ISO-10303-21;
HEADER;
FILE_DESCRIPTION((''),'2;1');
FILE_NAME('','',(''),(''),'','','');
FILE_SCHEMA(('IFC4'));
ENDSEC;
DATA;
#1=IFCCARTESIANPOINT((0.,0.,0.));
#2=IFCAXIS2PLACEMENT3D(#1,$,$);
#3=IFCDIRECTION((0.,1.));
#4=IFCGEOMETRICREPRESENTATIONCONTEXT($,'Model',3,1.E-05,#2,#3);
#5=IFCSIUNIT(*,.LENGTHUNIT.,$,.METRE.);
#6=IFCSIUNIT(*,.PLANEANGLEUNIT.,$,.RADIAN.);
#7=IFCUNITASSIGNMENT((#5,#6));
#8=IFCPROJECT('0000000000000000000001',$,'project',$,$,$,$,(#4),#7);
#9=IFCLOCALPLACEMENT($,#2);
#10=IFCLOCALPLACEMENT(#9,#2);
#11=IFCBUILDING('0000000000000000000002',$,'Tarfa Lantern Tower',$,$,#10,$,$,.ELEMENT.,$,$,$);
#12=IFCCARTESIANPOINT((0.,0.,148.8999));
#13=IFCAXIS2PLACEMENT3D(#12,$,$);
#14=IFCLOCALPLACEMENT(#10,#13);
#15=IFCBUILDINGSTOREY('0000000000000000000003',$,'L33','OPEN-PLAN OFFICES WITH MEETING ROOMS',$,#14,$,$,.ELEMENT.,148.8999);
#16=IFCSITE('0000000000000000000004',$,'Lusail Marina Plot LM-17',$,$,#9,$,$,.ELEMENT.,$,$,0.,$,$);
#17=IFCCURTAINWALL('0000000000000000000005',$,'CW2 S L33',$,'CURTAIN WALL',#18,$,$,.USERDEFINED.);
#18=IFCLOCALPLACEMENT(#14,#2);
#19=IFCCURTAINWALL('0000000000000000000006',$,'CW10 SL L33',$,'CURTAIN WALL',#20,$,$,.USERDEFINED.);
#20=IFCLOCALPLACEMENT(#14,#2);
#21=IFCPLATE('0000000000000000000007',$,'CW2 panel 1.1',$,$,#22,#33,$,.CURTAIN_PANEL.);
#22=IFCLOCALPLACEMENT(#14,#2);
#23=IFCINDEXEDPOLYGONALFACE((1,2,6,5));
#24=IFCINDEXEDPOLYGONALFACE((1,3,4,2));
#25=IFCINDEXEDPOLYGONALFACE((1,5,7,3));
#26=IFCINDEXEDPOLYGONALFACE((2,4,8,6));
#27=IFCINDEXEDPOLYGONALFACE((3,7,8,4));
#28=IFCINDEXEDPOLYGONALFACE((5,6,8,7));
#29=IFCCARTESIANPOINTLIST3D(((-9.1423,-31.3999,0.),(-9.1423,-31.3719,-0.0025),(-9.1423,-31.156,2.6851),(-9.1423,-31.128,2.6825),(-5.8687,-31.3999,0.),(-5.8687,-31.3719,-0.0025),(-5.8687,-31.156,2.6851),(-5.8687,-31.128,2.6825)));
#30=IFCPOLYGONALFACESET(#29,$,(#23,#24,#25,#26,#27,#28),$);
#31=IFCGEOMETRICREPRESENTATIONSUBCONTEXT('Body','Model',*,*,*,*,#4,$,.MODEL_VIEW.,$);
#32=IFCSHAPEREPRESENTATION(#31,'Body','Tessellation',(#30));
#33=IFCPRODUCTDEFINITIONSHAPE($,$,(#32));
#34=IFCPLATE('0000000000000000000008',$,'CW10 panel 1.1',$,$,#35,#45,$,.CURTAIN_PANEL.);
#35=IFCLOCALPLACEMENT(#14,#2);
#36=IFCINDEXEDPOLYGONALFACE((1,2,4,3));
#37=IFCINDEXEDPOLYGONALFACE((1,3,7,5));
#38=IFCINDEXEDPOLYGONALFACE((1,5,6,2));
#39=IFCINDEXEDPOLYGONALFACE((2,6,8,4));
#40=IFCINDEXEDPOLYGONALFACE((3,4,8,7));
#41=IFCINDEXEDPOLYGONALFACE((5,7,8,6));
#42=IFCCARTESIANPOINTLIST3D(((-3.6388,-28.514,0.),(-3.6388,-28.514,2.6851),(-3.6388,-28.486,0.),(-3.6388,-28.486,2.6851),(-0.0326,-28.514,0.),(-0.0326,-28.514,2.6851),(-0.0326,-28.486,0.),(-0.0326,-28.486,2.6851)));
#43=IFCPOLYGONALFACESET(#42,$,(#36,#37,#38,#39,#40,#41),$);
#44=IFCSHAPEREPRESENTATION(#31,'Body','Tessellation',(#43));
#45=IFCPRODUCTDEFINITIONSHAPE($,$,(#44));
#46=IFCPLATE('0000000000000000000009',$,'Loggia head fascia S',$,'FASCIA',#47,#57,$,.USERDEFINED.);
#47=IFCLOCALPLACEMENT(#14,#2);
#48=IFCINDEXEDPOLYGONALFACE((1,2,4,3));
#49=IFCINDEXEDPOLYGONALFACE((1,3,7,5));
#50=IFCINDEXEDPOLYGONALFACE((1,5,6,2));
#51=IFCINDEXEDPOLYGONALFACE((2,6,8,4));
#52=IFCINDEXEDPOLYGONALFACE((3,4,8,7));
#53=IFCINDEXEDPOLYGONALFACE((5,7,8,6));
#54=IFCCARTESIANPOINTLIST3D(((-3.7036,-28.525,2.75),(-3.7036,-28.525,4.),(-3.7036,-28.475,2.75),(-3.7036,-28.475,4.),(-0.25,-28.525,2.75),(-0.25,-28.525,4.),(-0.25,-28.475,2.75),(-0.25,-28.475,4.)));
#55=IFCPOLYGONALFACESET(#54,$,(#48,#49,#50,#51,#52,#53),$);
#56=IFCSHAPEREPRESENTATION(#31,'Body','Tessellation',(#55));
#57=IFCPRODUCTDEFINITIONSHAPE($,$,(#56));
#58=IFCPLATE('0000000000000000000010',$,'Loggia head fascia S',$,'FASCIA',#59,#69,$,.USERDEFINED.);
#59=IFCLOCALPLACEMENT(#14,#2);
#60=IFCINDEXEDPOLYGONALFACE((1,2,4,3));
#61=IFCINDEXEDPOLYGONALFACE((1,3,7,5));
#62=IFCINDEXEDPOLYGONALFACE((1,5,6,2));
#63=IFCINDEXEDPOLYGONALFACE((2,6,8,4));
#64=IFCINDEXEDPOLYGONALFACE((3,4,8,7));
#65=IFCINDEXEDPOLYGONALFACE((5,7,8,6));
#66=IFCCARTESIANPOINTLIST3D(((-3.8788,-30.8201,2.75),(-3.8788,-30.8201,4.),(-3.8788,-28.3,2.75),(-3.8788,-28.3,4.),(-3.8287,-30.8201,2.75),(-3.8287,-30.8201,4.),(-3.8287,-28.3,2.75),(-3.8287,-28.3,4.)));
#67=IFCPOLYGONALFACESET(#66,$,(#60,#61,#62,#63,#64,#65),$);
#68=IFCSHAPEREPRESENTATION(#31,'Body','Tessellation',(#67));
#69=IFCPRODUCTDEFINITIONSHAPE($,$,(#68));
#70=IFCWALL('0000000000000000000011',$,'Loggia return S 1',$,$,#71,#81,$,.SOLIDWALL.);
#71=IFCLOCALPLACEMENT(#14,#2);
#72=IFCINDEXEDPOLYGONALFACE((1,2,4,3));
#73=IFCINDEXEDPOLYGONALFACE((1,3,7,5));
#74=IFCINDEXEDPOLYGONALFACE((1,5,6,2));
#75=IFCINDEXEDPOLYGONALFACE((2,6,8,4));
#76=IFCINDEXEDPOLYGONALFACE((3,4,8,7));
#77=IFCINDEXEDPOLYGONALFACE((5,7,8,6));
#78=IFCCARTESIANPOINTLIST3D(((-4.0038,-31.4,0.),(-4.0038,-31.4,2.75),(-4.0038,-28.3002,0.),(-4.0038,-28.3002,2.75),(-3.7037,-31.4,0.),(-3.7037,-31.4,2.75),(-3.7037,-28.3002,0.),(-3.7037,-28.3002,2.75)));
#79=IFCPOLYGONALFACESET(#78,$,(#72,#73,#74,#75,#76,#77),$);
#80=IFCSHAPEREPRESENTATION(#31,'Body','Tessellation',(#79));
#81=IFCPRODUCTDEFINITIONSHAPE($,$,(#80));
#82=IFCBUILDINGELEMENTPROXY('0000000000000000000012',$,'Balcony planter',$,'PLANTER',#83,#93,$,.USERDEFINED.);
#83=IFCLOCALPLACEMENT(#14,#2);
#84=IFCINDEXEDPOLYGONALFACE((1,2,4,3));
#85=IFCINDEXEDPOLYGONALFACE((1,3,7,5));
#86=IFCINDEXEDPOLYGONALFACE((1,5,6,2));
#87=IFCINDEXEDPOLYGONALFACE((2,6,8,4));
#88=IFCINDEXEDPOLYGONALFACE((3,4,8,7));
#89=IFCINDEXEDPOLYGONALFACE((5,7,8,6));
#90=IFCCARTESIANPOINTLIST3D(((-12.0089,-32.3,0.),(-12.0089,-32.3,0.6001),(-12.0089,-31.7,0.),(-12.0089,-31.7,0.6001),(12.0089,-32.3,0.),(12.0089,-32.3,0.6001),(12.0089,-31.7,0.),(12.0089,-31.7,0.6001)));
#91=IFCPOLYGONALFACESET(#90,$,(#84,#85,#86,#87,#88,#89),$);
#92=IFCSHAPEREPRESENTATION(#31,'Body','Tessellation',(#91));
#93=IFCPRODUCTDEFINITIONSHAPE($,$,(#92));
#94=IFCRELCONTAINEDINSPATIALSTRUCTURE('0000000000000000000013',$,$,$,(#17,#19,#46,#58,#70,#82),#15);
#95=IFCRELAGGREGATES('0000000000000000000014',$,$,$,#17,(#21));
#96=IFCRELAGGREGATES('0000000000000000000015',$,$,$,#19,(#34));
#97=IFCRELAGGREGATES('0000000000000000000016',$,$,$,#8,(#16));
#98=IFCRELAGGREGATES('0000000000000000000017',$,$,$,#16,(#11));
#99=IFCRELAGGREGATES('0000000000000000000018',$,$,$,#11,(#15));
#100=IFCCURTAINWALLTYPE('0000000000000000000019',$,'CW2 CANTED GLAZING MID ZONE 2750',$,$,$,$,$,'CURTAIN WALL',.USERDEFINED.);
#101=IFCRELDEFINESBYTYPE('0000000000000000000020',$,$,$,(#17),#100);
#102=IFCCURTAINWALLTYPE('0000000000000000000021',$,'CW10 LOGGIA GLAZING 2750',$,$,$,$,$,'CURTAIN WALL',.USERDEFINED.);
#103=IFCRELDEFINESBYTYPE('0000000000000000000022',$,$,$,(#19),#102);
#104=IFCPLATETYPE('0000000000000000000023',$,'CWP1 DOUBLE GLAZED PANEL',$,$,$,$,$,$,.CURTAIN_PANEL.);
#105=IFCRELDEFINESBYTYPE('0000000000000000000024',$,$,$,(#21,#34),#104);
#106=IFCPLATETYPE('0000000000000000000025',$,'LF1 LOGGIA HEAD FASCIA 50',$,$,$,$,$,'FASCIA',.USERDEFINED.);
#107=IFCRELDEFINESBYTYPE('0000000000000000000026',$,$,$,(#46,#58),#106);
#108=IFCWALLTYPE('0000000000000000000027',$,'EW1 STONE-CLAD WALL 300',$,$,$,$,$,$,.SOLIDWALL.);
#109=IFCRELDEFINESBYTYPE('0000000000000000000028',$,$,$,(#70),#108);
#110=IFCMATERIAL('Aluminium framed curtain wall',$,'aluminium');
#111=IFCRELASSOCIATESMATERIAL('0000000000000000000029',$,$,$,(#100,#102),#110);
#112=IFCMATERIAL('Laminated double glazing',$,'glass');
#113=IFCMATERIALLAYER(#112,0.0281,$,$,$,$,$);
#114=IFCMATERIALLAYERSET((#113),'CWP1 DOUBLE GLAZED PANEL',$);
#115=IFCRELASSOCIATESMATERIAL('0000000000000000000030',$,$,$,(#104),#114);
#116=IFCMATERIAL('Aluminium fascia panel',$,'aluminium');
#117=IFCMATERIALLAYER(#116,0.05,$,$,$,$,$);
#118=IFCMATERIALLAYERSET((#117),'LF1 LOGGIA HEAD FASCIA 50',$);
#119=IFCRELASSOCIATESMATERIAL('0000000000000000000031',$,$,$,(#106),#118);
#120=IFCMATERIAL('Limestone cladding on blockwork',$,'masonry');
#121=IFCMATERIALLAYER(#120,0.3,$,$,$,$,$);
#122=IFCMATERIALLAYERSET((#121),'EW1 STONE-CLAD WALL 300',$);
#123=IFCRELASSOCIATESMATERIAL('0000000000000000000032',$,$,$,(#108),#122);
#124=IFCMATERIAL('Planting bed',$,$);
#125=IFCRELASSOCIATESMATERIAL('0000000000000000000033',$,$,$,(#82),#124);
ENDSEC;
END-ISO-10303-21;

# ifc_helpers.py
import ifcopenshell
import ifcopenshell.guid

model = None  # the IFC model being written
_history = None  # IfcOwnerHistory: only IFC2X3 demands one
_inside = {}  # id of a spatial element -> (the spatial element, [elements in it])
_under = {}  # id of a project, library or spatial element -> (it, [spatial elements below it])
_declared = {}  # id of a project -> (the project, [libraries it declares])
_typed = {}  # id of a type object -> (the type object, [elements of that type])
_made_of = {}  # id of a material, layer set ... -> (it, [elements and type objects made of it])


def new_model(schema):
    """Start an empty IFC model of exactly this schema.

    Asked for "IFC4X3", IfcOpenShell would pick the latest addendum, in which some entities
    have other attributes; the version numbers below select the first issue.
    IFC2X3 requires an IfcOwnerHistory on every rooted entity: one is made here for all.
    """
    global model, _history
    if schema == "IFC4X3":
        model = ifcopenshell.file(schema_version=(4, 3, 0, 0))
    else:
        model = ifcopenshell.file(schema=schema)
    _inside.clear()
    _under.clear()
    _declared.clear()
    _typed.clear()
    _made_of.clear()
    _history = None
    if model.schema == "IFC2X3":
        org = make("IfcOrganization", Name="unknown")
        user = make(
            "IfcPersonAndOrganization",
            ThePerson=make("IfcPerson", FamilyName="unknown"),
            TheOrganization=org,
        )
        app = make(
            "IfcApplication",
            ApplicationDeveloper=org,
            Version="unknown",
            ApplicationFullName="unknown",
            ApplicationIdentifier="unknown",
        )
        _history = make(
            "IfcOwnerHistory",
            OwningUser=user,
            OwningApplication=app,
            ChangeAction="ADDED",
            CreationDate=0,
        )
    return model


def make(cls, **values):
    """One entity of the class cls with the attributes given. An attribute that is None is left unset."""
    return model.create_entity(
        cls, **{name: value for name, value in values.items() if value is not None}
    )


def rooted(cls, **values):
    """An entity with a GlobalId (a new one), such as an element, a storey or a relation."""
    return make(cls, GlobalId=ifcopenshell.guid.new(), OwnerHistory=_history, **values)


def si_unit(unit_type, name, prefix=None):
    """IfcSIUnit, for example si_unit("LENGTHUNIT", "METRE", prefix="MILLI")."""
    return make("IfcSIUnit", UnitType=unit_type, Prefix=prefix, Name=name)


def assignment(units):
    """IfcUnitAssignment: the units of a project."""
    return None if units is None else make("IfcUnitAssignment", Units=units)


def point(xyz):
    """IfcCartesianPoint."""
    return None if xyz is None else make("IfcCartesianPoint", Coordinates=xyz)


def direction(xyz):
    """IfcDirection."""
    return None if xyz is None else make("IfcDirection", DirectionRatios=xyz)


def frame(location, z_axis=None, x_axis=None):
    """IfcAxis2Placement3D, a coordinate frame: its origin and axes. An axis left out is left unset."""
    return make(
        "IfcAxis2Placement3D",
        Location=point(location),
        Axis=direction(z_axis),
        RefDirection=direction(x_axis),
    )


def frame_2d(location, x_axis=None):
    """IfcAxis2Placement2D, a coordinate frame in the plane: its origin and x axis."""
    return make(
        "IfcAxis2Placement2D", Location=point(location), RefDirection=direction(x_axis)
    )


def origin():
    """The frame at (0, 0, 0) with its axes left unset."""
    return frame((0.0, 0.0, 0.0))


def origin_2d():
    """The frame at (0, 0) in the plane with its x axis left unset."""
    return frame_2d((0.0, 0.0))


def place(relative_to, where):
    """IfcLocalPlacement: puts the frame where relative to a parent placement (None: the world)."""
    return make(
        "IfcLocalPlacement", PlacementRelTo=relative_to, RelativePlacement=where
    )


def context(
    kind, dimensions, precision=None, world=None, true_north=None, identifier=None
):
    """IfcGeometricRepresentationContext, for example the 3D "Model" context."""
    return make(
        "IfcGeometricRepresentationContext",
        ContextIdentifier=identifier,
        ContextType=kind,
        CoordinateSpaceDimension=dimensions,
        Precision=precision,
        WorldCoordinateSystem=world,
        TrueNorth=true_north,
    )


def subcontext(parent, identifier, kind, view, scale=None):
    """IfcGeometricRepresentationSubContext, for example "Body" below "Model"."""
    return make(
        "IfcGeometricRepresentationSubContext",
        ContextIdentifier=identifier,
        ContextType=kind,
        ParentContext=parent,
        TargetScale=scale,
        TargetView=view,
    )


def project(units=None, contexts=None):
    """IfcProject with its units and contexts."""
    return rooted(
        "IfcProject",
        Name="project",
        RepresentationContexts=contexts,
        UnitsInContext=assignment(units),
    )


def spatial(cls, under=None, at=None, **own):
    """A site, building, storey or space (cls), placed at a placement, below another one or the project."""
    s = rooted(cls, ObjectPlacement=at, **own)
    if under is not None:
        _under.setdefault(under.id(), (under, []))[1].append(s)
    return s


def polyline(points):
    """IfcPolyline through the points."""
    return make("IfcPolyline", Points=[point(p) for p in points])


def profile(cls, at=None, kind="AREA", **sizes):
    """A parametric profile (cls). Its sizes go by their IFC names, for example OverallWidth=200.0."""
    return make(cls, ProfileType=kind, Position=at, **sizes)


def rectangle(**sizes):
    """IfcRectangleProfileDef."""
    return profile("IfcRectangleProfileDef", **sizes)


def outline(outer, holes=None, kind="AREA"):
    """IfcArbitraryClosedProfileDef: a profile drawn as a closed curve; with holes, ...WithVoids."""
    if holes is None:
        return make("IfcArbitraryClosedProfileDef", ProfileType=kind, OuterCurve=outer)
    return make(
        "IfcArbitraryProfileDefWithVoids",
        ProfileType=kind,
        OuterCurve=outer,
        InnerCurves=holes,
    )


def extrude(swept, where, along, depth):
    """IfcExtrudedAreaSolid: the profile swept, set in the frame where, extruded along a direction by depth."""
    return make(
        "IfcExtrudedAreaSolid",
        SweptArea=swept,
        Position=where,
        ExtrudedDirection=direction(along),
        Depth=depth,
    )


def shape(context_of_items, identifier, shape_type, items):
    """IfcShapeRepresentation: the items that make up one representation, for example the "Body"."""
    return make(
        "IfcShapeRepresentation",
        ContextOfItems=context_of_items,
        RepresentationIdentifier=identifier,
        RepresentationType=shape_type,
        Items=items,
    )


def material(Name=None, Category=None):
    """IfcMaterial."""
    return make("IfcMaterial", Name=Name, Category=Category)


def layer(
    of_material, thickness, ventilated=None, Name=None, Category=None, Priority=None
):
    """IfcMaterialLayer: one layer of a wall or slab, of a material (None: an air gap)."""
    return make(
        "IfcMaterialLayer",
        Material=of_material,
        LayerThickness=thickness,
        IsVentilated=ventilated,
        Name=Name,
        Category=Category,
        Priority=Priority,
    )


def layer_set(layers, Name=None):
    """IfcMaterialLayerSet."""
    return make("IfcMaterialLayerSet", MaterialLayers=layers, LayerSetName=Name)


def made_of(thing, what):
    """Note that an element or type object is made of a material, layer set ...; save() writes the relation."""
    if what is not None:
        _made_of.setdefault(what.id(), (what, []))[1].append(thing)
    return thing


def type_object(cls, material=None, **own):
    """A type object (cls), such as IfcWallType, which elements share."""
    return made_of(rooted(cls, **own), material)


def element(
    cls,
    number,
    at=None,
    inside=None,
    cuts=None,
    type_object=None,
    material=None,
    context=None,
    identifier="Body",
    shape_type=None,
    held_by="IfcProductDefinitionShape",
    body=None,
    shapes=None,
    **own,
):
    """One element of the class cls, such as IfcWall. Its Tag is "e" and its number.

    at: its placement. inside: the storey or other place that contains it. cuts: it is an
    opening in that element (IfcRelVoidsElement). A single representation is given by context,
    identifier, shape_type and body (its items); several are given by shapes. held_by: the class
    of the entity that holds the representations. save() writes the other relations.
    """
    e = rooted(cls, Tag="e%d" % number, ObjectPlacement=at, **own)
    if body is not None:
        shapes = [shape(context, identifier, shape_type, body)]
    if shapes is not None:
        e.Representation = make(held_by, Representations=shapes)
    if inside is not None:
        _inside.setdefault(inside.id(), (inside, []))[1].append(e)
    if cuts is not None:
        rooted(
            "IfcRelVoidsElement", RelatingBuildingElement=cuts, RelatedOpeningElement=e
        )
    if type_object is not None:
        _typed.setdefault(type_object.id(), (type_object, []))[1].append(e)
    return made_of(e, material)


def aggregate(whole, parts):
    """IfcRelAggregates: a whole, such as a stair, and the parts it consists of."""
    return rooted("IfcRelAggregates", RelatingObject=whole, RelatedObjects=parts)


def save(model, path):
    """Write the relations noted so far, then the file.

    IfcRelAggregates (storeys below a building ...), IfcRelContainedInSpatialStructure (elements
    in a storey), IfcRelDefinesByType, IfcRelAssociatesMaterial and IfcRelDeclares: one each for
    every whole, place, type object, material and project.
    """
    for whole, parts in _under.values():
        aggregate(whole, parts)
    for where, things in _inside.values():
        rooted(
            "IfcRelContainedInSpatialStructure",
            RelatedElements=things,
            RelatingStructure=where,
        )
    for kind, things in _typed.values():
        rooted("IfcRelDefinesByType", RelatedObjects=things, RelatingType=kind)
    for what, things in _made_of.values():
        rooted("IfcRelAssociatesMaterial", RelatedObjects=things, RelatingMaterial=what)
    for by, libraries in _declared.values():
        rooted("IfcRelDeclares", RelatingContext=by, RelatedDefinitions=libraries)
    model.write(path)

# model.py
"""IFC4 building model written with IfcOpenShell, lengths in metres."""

from ifc_helpers import new_model, si_unit, direction, frame, frame_2d, origin, origin_2d, place, context, subcontext, project, spatial, polyline, rectangle, outline, extrude, material, layer, layer_set, type_object, element, aggregate, save


model = new_model("IFC4")

# Units and contexts
model_context = context("Model", 3, precision=1e-05, world=origin(), true_north=direction((0.0, 1.0)))
body_context = subcontext(model_context, "Body", "Model", "MODEL_VIEW")
ifc_project = project(units=[si_unit("LENGTHUNIT", "METRE"), si_unit("PLANEANGLEUNIT", "RADIAN")], contexts=[model_context])

# Site, building, storey
site_placement = place(None, origin())
site = spatial("IfcSite", under=ifc_project, at=site_placement, Name="Lusail Marina Plot LM-17", CompositionType="ELEMENT", RefElevation=0.0)
building_placement = place(site_placement, origin())
building = spatial("IfcBuilding", under=site, at=building_placement, Name="Tarfa Lantern Tower", CompositionType="ELEMENT")
storey_placement = place(building_placement, frame((0.0, 0.0, 148.8999)))
storey = spatial("IfcBuildingStorey", under=building, at=storey_placement, Name="L33", Description="OPEN-PLAN OFFICES WITH MEETING ROOMS", CompositionType="ELEMENT", Elevation=148.8999)

# Shared definitions
ifc_material_1 = material(Name="Aluminium framed curtain wall", Category="aluminium")
curtain_wall_type_1 = type_object("IfcCurtainWallType", Name="CW2 CANTED GLAZING MID ZONE 2750", ElementType="CURTAIN WALL", PredefinedType="USERDEFINED", material=ifc_material_1)

# Curtain walls
curtain_wall_1_placement = place(storey_placement, origin())
curtain_wall_1 = element("IfcCurtainWall", 1, at=curtain_wall_1_placement, inside=storey, type_object=curtain_wall_type_1, Name="CW2 S L33", ObjectType="CURTAIN WALL", PredefinedType="USERDEFINED")
curtain_wall_type_2 = type_object("IfcCurtainWallType", Name="CW10 LOGGIA GLAZING 2750", ElementType="CURTAIN WALL", PredefinedType="USERDEFINED", material=ifc_material_1)
curtain_wall_2_placement = place(storey_placement, origin())
curtain_wall_2 = element("IfcCurtainWall", 2, at=curtain_wall_2_placement, inside=storey, type_object=curtain_wall_type_2, Name="CW10 SL L33", ObjectType="CURTAIN WALL", PredefinedType="USERDEFINED")

# Plates
ifc_material_2 = material(Name="Laminated double glazing", Category="glass")
ifc_layer_1 = layer(ifc_material_2, 0.0281)
ifc_layer_set_1 = layer_set([ifc_layer_1], Name="CWP1 DOUBLE GLAZED PANEL")
plate_type_1 = type_object("IfcPlateType", Name="CWP1 DOUBLE GLAZED PANEL", PredefinedType="CURTAIN_PANEL", material=ifc_layer_set_1)
plate_1_placement = place(storey_placement, frame((-9.1423, -31.3999, 0.0), z_axis=(0.0, -0.9959, 0.090462), x_axis=(1.0, 0.0, 0.0)))
plate_1 = element("IfcPlate", 3, at=plate_1_placement, type_object=plate_type_1, Name="CW2 panel 1.1", PredefinedType="CURTAIN_PANEL", context=body_context, shape_type="SweptSolid", body=[
    extrude(outline(polyline([(0.0, 0.0), (3.2737, 0.0), (3.2737, 2.6961), (0.0, 2.6961), (0.0, 0.0)])), origin(), (0.0, 0.0, -1.0), 0.0281),
])
aggregate(curtain_wall_1, [plate_1])
plate_2_placement = place(storey_placement, frame((-1.8357, -28.5, 0.0), z_axis=(0.0, 0.0, 1.0), x_axis=(1.0, 0.0, 0.0)))
plate_2 = element("IfcPlate", 4, at=plate_2_placement, type_object=plate_type_1, Name="CW10 panel 1.1", PredefinedType="CURTAIN_PANEL", context=body_context, shape_type="SweptSolid", body=[
    extrude(rectangle(XDim=3.6062, YDim=0.0281, at=origin_2d()), origin(), (0.0, 0.0, 1.0), 2.6851),
])
aggregate(curtain_wall_2, [plate_2])

# Plates
ifc_material_3 = material(Name="Aluminium fascia panel", Category="aluminium")
ifc_layer_2 = layer(ifc_material_3, 0.05)
ifc_layer_set_2 = layer_set([ifc_layer_2], Name="LF1 LOGGIA HEAD FASCIA 50")
plate_type_2 = type_object("IfcPlateType", Name="LF1 LOGGIA HEAD FASCIA 50", ElementType="FASCIA", PredefinedType="USERDEFINED", material=ifc_layer_set_2)
plate_3_placement = place(storey_placement, frame((-1.9768, -28.5, 2.75), z_axis=(0.0, 0.0, 1.0), x_axis=(1.0, 0.0, 0.0)))
element("IfcPlate", 5, at=plate_3_placement, inside=storey, type_object=plate_type_2, Name="Loggia head fascia S", ObjectType="FASCIA", PredefinedType="USERDEFINED", context=body_context, shape_type="SweptSolid", body=[
    extrude(rectangle(XDim=3.4536, YDim=0.05, at=origin_2d()), origin(), (0.0, 0.0, 1.0), 1.25),
])
plate_4_placement = place(storey_placement, frame((-3.8538, -29.5601, 2.75), z_axis=(0.0, 0.0, 1.0), x_axis=(0.0, 1.0, 0.0)))
element("IfcPlate", 6, at=plate_4_placement, inside=storey, type_object=plate_type_2, Name="Loggia head fascia S", ObjectType="FASCIA", PredefinedType="USERDEFINED", context=body_context, shape_type="SweptSolid", body=[
    extrude(rectangle(XDim=2.52, YDim=0.05, at=origin_2d()), origin(), (0.0, 0.0, 1.0), 1.25),
])

# Wall
ifc_material_4 = material(Name="Limestone cladding on blockwork", Category="masonry")
ifc_layer_3 = layer(ifc_material_4, 0.3)
ifc_layer_set_3 = layer_set([ifc_layer_3], Name="EW1 STONE-CLAD WALL 300")
wall_type = type_object("IfcWallType", Name="EW1 STONE-CLAD WALL 300", PredefinedType="SOLIDWALL", material=ifc_layer_set_3)
wall_placement = place(storey_placement, frame((-3.8538, -31.3999, 0.0), z_axis=(0.0, 0.0, 1.0), x_axis=(0.0, 1.0, 0.0)))
element("IfcWall", 7, at=wall_placement, inside=storey, type_object=wall_type, Name="Loggia return S 1", PredefinedType="SOLIDWALL", context=body_context, shape_type="SweptSolid", body=[
    extrude(rectangle(XDim=3.0999, YDim=0.3, at=frame_2d((1.5498, 0.0))), origin(), (0.0, 0.0, 1.0), 2.75),
])

# Building element proxy
ifc_material_5 = material(Name="Planting bed")
proxy_placement = place(storey_placement, frame((0.0, -32.0, 0.0), z_axis=(0.0, 0.0, 1.0), x_axis=(1.0, 0.0, 0.0)))
element("IfcBuildingElementProxy", 8, at=proxy_placement, inside=storey, material=ifc_material_5, Name="Balcony planter", ObjectType="PLANTER", PredefinedType="USERDEFINED", context=body_context, shape_type="SweptSolid", body=[
    extrude(rectangle(XDim=24.0178, YDim=0.6001, at=origin_2d()), origin(), (0.0, 0.0, 1.0), 0.6001),
])

save(model, "model.ifc")
